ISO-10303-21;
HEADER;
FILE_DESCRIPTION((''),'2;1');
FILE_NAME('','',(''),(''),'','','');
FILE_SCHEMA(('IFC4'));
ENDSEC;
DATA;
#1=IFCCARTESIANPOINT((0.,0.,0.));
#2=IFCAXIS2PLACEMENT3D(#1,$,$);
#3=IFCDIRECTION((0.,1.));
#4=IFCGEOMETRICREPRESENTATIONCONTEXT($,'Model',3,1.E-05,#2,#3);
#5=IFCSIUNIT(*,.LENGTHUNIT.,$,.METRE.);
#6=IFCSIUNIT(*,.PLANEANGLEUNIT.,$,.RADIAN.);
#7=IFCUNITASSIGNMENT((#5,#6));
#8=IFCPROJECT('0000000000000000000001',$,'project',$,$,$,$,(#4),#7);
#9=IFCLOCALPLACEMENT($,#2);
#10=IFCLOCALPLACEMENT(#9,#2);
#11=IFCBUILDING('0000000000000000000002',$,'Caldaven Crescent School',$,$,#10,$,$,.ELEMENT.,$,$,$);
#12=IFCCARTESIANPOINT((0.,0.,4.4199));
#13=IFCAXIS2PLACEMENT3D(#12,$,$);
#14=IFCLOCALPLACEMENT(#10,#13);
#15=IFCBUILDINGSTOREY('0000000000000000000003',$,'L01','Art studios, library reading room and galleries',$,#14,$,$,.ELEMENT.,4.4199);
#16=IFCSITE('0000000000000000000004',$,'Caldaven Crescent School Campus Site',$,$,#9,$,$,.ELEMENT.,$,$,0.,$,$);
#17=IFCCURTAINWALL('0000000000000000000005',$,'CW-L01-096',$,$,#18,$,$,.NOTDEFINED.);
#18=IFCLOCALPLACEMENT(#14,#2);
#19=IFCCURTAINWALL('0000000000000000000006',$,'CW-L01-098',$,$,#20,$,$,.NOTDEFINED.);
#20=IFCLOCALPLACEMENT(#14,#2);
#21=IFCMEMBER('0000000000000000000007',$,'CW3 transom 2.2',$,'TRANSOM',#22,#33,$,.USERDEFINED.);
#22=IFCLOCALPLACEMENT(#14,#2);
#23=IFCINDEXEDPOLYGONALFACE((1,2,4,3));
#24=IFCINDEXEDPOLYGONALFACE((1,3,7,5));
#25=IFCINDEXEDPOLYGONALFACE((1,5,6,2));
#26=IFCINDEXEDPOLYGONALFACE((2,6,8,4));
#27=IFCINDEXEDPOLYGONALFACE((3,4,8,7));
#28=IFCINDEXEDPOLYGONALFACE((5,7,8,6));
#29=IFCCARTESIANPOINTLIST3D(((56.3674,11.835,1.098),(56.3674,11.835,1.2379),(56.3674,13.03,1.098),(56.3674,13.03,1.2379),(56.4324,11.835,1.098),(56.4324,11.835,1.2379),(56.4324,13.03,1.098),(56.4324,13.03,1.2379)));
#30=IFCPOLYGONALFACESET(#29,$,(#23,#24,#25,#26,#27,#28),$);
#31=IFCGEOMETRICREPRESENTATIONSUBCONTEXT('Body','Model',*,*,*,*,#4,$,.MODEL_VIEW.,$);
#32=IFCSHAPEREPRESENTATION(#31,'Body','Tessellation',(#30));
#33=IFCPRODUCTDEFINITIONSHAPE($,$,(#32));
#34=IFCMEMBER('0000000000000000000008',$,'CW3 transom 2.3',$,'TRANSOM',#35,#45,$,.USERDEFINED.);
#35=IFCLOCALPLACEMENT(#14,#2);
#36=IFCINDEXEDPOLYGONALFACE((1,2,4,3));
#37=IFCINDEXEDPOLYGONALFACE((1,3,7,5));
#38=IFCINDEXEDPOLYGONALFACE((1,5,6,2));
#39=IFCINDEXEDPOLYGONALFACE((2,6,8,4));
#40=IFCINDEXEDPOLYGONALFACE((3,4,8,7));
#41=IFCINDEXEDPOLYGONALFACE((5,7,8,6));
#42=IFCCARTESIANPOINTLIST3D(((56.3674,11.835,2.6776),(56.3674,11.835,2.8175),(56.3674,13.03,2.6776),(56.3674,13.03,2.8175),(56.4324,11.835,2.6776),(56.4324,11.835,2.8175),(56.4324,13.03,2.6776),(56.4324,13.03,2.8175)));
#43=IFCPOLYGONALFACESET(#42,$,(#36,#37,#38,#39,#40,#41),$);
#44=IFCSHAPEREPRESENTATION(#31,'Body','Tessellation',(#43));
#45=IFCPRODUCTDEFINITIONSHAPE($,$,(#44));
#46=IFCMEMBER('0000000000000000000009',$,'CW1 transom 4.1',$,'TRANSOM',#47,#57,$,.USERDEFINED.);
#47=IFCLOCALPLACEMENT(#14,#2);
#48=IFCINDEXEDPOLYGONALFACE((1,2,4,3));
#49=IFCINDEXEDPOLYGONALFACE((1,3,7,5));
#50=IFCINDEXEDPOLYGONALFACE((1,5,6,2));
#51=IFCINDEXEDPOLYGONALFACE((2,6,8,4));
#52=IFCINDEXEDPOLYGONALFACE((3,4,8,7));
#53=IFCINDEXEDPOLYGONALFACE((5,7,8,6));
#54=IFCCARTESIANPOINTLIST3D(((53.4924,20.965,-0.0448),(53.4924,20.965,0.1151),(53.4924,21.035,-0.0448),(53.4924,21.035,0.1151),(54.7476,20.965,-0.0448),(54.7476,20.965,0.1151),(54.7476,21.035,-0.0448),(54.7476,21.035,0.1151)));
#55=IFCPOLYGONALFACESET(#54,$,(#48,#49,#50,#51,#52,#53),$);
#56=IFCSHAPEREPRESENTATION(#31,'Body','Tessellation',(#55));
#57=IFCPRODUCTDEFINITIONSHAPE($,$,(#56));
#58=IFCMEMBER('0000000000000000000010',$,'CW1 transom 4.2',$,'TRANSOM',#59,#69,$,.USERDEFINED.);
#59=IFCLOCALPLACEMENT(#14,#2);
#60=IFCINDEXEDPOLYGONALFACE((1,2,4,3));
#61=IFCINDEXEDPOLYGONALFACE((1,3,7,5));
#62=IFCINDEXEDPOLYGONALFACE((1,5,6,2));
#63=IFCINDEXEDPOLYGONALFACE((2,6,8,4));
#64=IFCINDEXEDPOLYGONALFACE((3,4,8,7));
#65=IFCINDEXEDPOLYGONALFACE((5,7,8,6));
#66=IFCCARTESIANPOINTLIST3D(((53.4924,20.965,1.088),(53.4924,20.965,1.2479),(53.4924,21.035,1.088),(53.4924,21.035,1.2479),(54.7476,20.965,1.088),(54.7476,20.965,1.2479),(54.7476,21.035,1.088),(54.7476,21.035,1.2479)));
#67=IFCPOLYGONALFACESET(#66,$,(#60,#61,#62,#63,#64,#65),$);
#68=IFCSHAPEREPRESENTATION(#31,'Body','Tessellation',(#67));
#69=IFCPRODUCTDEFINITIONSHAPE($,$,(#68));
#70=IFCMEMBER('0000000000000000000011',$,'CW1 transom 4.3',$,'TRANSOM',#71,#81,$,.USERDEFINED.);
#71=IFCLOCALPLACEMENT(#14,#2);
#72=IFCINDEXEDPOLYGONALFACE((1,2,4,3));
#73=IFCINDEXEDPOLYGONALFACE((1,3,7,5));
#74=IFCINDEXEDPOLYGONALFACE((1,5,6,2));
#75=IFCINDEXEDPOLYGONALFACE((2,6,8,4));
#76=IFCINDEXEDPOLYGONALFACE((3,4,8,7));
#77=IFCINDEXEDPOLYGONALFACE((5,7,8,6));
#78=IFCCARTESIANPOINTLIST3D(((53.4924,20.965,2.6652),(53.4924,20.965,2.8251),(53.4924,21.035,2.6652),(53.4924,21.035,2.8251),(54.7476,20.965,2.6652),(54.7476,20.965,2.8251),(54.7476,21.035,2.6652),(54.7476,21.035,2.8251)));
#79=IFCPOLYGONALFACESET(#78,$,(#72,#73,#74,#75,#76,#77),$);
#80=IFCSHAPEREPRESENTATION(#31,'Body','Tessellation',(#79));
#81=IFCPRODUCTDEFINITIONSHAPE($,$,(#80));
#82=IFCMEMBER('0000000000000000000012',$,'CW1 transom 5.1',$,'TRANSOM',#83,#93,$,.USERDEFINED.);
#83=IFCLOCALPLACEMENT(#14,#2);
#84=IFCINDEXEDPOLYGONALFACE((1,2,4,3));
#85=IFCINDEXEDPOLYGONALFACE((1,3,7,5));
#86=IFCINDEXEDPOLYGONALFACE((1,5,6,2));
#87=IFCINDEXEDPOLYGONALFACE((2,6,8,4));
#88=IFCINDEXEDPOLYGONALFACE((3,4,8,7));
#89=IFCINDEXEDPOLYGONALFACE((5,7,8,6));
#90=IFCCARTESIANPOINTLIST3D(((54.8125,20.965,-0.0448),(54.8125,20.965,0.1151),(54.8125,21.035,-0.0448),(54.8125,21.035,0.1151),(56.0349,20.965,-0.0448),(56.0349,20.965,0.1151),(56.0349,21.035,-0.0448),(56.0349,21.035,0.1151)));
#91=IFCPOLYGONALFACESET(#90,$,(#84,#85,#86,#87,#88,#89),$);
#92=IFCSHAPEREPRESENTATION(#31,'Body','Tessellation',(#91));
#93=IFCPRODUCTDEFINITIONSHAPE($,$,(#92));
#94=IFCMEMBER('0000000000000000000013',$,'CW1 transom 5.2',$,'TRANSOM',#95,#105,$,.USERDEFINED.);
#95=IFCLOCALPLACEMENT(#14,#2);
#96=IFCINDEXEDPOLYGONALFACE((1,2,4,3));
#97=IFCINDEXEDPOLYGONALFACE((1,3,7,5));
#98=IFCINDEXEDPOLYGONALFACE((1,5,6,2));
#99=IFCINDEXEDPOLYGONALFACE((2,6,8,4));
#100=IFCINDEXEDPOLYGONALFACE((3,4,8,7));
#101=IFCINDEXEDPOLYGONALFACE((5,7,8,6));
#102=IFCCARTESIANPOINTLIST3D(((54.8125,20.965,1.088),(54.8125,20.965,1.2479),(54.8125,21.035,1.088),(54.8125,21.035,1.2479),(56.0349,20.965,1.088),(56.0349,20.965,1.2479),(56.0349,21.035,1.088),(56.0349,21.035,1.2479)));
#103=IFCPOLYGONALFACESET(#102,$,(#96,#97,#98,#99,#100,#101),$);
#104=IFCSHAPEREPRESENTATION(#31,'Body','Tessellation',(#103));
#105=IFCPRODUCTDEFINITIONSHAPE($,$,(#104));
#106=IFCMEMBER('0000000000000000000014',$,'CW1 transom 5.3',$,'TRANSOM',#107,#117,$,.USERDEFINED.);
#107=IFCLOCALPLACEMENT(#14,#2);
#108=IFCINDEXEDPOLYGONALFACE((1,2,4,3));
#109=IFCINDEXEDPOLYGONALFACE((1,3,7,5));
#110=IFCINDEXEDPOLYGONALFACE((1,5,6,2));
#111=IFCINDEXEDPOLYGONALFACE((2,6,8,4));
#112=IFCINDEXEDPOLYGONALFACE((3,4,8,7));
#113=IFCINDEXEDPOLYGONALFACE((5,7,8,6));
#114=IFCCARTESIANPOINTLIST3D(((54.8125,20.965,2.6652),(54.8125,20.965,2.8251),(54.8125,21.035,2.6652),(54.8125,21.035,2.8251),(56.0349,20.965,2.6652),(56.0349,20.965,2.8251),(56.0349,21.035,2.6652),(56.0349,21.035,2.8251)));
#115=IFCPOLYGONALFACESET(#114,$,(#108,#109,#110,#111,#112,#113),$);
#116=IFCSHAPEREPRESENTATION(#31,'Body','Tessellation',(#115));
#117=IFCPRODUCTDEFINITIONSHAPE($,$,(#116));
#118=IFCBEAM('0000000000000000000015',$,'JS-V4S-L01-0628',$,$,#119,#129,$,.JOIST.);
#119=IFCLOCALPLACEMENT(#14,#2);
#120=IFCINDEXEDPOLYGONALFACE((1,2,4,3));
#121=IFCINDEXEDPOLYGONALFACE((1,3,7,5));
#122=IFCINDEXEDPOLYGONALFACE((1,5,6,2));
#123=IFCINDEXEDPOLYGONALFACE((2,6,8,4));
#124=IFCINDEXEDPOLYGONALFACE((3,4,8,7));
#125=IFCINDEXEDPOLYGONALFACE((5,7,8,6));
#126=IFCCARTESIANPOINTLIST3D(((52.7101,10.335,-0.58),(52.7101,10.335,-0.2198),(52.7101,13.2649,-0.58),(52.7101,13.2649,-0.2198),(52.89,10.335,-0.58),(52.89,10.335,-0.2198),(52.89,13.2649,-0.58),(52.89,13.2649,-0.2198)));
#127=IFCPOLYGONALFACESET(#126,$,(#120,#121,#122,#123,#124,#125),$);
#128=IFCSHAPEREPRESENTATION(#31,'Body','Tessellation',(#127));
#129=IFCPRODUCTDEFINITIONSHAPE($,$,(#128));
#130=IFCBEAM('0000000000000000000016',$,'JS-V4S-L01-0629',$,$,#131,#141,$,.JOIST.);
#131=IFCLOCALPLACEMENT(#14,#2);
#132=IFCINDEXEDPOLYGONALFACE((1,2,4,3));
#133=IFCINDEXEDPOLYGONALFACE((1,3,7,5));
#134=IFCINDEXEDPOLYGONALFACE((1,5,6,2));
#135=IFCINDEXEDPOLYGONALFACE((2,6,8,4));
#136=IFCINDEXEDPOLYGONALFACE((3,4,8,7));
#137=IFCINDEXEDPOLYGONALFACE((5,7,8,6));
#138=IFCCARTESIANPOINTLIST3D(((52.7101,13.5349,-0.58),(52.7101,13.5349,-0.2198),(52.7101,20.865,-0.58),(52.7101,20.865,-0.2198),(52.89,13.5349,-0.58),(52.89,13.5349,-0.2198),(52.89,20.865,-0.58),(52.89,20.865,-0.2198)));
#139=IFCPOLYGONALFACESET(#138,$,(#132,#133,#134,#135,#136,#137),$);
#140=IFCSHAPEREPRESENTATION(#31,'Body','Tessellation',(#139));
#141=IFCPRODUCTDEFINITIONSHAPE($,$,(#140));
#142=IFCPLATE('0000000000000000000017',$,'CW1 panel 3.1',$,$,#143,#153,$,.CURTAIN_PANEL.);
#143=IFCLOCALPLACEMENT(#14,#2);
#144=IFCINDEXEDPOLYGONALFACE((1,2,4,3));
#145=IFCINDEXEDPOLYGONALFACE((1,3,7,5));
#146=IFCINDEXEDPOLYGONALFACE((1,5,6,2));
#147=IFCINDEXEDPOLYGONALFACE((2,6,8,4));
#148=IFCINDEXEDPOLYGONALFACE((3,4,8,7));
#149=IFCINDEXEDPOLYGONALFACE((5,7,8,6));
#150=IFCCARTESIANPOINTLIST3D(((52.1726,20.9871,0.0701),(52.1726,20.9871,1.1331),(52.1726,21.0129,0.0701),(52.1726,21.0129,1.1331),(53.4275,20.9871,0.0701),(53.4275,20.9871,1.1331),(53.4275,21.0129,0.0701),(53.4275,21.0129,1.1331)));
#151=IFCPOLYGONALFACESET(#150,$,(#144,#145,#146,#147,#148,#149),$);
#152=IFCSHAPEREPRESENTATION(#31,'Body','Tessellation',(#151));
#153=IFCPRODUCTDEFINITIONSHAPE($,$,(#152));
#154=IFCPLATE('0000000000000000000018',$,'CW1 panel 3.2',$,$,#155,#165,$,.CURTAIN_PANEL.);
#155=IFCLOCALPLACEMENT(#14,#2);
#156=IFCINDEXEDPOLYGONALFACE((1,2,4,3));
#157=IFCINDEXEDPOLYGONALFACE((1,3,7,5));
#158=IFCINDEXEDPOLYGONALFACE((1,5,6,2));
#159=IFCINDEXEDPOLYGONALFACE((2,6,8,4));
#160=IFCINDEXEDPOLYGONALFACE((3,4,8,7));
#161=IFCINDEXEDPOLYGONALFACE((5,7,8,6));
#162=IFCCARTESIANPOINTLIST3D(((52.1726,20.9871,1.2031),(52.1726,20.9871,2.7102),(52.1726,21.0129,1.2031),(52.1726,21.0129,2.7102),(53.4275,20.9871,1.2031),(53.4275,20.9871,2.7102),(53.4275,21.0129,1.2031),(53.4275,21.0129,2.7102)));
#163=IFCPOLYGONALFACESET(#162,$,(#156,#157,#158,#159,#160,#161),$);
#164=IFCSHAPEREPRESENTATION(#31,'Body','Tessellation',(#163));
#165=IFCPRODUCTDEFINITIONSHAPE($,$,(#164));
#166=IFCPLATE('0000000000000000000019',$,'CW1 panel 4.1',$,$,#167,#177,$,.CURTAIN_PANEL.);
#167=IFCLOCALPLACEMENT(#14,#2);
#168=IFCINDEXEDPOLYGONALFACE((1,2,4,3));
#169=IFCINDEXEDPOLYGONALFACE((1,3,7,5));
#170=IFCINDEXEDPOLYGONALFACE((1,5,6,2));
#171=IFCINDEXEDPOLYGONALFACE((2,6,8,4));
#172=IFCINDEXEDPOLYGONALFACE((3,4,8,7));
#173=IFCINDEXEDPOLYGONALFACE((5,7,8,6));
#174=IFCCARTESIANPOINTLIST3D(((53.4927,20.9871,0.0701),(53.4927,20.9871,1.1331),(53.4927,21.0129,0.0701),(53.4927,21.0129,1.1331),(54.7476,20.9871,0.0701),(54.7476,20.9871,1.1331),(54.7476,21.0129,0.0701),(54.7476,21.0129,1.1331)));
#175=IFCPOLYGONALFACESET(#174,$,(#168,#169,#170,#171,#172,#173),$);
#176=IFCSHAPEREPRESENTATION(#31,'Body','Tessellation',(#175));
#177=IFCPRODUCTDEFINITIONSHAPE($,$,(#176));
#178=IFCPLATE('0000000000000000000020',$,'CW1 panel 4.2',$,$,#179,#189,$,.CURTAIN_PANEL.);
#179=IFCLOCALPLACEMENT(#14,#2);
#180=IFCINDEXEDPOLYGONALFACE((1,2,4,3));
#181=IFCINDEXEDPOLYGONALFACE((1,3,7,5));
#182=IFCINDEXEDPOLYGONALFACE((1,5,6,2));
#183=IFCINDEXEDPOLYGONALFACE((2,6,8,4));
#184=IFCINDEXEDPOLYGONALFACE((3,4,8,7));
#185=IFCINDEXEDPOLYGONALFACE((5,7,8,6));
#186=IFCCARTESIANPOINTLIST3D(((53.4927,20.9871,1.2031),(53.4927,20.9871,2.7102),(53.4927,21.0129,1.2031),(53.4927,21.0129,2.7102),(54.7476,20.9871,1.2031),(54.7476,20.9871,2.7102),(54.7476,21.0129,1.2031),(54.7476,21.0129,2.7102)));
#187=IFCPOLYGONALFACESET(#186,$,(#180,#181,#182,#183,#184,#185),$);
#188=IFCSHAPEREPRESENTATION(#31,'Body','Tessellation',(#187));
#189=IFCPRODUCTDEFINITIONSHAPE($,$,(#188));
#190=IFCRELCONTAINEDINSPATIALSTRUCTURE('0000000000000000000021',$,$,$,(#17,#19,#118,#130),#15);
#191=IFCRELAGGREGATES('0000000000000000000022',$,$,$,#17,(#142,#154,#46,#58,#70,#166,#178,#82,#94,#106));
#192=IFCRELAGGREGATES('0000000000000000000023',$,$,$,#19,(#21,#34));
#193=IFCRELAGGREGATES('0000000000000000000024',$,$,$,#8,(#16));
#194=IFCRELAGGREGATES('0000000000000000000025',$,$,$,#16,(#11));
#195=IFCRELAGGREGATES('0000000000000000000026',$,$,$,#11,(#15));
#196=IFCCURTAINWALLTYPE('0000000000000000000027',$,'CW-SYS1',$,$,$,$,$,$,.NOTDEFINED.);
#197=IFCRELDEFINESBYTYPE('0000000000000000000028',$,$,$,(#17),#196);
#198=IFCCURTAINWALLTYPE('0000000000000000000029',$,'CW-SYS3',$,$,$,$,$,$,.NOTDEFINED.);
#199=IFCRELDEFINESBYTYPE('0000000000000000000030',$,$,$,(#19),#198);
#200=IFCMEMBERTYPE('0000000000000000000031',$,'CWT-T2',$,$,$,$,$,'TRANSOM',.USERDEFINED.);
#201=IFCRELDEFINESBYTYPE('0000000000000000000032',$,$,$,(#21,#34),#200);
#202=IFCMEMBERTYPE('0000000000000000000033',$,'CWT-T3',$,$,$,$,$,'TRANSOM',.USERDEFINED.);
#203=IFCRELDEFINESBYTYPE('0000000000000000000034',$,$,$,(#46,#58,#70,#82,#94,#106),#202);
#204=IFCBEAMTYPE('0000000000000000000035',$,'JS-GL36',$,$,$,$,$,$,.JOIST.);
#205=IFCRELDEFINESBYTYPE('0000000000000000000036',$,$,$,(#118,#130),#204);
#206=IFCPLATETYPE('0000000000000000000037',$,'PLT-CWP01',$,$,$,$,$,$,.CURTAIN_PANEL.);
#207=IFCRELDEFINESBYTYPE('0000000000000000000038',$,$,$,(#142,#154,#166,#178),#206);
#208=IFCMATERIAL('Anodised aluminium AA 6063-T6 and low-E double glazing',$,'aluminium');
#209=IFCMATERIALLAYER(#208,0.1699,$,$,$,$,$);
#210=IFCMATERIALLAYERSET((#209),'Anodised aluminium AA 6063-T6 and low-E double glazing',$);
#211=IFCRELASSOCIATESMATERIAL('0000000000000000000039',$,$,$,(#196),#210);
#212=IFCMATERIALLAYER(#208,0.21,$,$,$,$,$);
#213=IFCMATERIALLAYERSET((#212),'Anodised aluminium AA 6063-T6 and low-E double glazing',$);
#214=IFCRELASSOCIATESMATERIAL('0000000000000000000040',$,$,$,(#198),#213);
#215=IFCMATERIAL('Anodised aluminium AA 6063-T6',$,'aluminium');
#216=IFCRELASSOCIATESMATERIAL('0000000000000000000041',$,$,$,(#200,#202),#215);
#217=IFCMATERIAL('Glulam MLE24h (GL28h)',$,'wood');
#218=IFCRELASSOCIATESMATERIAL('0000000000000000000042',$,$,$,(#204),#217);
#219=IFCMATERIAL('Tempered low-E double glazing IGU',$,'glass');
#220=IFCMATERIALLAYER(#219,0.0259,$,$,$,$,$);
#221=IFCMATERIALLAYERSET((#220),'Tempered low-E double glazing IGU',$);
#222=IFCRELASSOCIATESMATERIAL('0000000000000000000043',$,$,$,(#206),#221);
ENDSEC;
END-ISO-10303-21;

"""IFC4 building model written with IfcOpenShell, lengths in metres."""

from ifc_helpers import new_model, si_unit, direction, frame, origin, origin_2d, place, context, subcontext, project, spatial, rectangle, extrude, material, layer, layer_set, material_profile, profile_set, type_object, element, aggregate, save


model = new_model("IFC4")

# Units and contexts
model_context = context("Model", 3, precision=1e-05, world=origin(), true_north=direction((0.0, 1.0)))
body_context = subcontext(model_context, "Body", "Model", "MODEL_VIEW")
ifc_project = project(units=[si_unit("LENGTHUNIT", "METRE"), si_unit("PLANEANGLEUNIT", "RADIAN")], contexts=[model_context])

# Site, building, storey
site_placement = place(None, origin())
site = spatial("IfcSite", under=ifc_project, at=site_placement, Name="Caldaven Crescent School Campus Site", CompositionType="ELEMENT", RefElevation=0.0)
building_placement = place(site_placement, origin())
building = spatial("IfcBuilding", under=site, at=building_placement, Name="Caldaven Crescent School", CompositionType="ELEMENT")
storey_placement = place(building_placement, frame((0.0, 0.0, 4.4199)))
storey = spatial("IfcBuildingStorey", under=building, at=storey_placement, Name="L01", Description="Art studios, library reading room and galleries", CompositionType="ELEMENT", Elevation=4.4199)

# Shared definitions
ifc_material_1 = material(Name="Glulam MLE24h (GL28h)", Category="wood")

# Curtain walls, members
ifc_material_2 = material(Name="Anodised aluminium AA 6063-T6 and low-E double glazing", Category="aluminium")
ifc_layer_1 = layer(ifc_material_2, 0.1699)
ifc_layer_set_1 = layer_set([ifc_layer_1], Name="Anodised aluminium AA 6063-T6 and low-E double glazing")
curtain_wall_type_1 = type_object("IfcCurtainWallType", Name="CW-SYS1", PredefinedType="NOTDEFINED", material=ifc_layer_set_1)
curtain_wall_1_placement = place(storey_placement, origin())
curtain_wall_1 = element("IfcCurtainWall", 1, at=curtain_wall_1_placement, inside=storey, type_object=curtain_wall_type_1, Name="CW-L01-096", PredefinedType="NOTDEFINED")
ifc_material_3 = material(Name="Anodised aluminium AA 6063-T6", Category="aluminium")
ifc_layer_2 = layer(ifc_material_2, 0.21)
ifc_layer_set_2 = layer_set([ifc_layer_2], Name="Anodised aluminium AA 6063-T6 and low-E double glazing")
curtain_wall_type_2 = type_object("IfcCurtainWallType", Name="CW-SYS3", PredefinedType="NOTDEFINED", material=ifc_layer_set_2)
curtain_wall_2_placement = place(storey_placement, origin())
curtain_wall_2 = element("IfcCurtainWall", 2, at=curtain_wall_2_placement, inside=storey, type_object=curtain_wall_type_2, Name="CW-L01-098", PredefinedType="NOTDEFINED")
ifc_material_profile_1 = material_profile(ifc_material_3, rectangle(XDim=0.0649, YDim=0.1399, at=origin_2d()), Name="CWT 65x140")
ifc_profile_set_1 = profile_set([ifc_material_profile_1], Name="Anodised aluminium AA 6063-T6")
member_type_1 = type_object("IfcMemberType", Name="CWT-T2", ElementType="TRANSOM", PredefinedType="USERDEFINED", material=ifc_profile_set_1)
member_1_placement = place(storey_placement, frame((56.3999, 11.835, 1.168), z_axis=(0.0, 1.0, 0.0), x_axis=(-1.0, 0.0, 0.0)))
member_1 = element("IfcMember", 3, at=member_1_placement, type_object=member_type_1, Name="CW3 transom 2.2", ObjectType="TRANSOM", PredefinedType="USERDEFINED", context=body_context, shape_type="SweptSolid", body=[
    extrude(rectangle(XDim=0.0649, YDim=0.1399, at=origin_2d()), origin(), (0.0, 0.0, 1.0), 1.1951),
])
member_2_placement = place(storey_placement, frame((56.3999, 11.835, 2.7476), z_axis=(0.0, 1.0, 0.0), x_axis=(-1.0, 0.0, 0.0)))
member_2 = element("IfcMember", 4, at=member_2_placement, type_object=member_type_1, Name="CW3 transom 2.3", ObjectType="TRANSOM", PredefinedType="USERDEFINED", context=body_context, shape_type="SweptSolid", body=[
    extrude(rectangle(XDim=0.0649, YDim=0.1399, at=origin_2d()), origin(), (0.0, 0.0, 1.0), 1.1951),
])

# Members
ifc_material_profile_2 = material_profile(ifc_material_3, rectangle(XDim=0.0701, YDim=0.1599, at=origin_2d()), Name="CWT 70x160")
ifc_profile_set_2 = profile_set([ifc_material_profile_2], Name="Anodised aluminium AA 6063-T6")
member_type_2 = type_object("IfcMemberType", Name="CWT-T3", ElementType="TRANSOM", PredefinedType="USERDEFINED", material=ifc_profile_set_2)
member_3_placement = place(storey_placement, frame((53.4924, 21.0, 0.0352), z_axis=(1.0, 0.0, 0.0), x_axis=(0.0, 1.0, 0.0)))
member_3 = element("IfcMember", 5, at=member_3_placement, type_object=member_type_2, Name="CW1 transom 4.1", ObjectType="TRANSOM", PredefinedType="USERDEFINED", context=body_context, shape_type="SweptSolid", body=[
    extrude(rectangle(XDim=0.0701, YDim=0.1599, at=origin_2d()), origin(), (0.0, 0.0, 1.0), 1.2551),
])
member_4_placement = place(storey_placement, frame((53.4924, 21.0, 1.168), z_axis=(1.0, 0.0, 0.0), x_axis=(0.0, 1.0, 0.0)))
member_4 = element("IfcMember", 6, at=member_4_placement, type_object=member_type_2, Name="CW1 transom 4.2", ObjectType="TRANSOM", PredefinedType="USERDEFINED", context=body_context, shape_type="SweptSolid", body=[
    extrude(rectangle(XDim=0.0701, YDim=0.1599, at=origin_2d()), origin(), (0.0, 0.0, 1.0), 1.2551),
])
member_5_placement = place(storey_placement, frame((53.4924, 21.0, 2.7451), z_axis=(1.0, 0.0, 0.0), x_axis=(0.0, 1.0, 0.0)))
member_5 = element("IfcMember", 7, at=member_5_placement, type_object=member_type_2, Name="CW1 transom 4.3", ObjectType="TRANSOM", PredefinedType="USERDEFINED", context=body_context, shape_type="SweptSolid", body=[
    extrude(rectangle(XDim=0.0701, YDim=0.1599, at=origin_2d()), origin(), (0.0, 0.0, 1.0), 1.2551),
])
member_6_placement = place(storey_placement, frame((54.8125, 21.0, 0.0352), z_axis=(1.0, 0.0, 0.0), x_axis=(0.0, 1.0, 0.0)))
member_6 = element("IfcMember", 8, at=member_6_placement, type_object=member_type_2, Name="CW1 transom 5.1", ObjectType="TRANSOM", PredefinedType="USERDEFINED", context=body_context, shape_type="SweptSolid", body=[
    extrude(rectangle(XDim=0.0701, YDim=0.1599, at=origin_2d()), origin(), (0.0, 0.0, 1.0), 1.2224),
])
member_7_placement = place(storey_placement, frame((54.8125, 21.0, 1.168), z_axis=(1.0, 0.0, 0.0), x_axis=(0.0, 1.0, 0.0)))
member_7 = element("IfcMember", 9, at=member_7_placement, type_object=member_type_2, Name="CW1 transom 5.2", ObjectType="TRANSOM", PredefinedType="USERDEFINED", context=body_context, shape_type="SweptSolid", body=[
    extrude(rectangle(XDim=0.0701, YDim=0.1599, at=origin_2d()), origin(), (0.0, 0.0, 1.0), 1.2224),
])
member_8_placement = place(storey_placement, frame((54.8125, 21.0, 2.7451), z_axis=(1.0, 0.0, 0.0), x_axis=(0.0, 1.0, 0.0)))
member_8 = element("IfcMember", 10, at=member_8_placement, type_object=member_type_2, Name="CW1 transom 5.3", ObjectType="TRANSOM", PredefinedType="USERDEFINED", context=body_context, shape_type="SweptSolid", body=[
    extrude(rectangle(XDim=0.0701, YDim=0.1599, at=origin_2d()), origin(), (0.0, 0.0, 1.0), 1.2224),
])

# Beams
ifc_material_profile_3 = material_profile(ifc_material_1, rectangle(XDim=0.1799, YDim=0.3601, at=origin_2d()), Name="MLE 180x360")
ifc_profile_set_3 = profile_set([ifc_material_profile_3], Name="Glulam MLE24h (GL28h)")
beam_type_1 = type_object("IfcBeamType", Name="JS-GL36", PredefinedType="JOIST", material=ifc_profile_set_3)
beam_1_placement = place(storey_placement, frame((52.8, 10.335, -0.3999), z_axis=(0.0, 1.0, 0.0), x_axis=(-1.0, 0.0, 0.0)))
element("IfcBeam", 11, at=beam_1_placement, inside=storey, type_object=beam_type_1, Name="JS-V4S-L01-0628", PredefinedType="JOIST", context=body_context, shape_type="SweptSolid", body=[
    extrude(rectangle(XDim=0.1799, YDim=0.3601, at=origin_2d()), origin(), (0.0, 0.0, 1.0), 2.9299),
])
beam_2_placement = place(storey_placement, frame((52.8, 13.5349, -0.3999), z_axis=(0.0, 1.0, 0.0), x_axis=(-1.0, 0.0, 0.0)))
element("IfcBeam", 12, at=beam_2_placement, inside=storey, type_object=beam_type_1, Name="JS-V4S-L01-0629", PredefinedType="JOIST", context=body_context, shape_type="SweptSolid", body=[
    extrude(rectangle(XDim=0.1799, YDim=0.3601, at=origin_2d()), origin(), (0.0, 0.0, 1.0), 7.3301),
])

# Plates
ifc_material_4 = material(Name="Tempered low-E double glazing IGU", Category="glass")
ifc_layer_3 = layer(ifc_material_4, 0.0259)
ifc_layer_set_3 = layer_set([ifc_layer_3], Name="Tempered low-E double glazing IGU")
plate_type_1 = type_object("IfcPlateType", Name="PLT-CWP01", PredefinedType="CURTAIN_PANEL", material=ifc_layer_set_3)
plate_1_placement = place(storey_placement, frame((52.8, 21.0, 0.0701), z_axis=(0.0, 0.0, 1.0), x_axis=(1.0, 0.0, 0.0)))
plate_1 = element("IfcPlate", 13, at=plate_1_placement, type_object=plate_type_1, Name="CW1 panel 3.1", PredefinedType="CURTAIN_PANEL", context=body_context, shape_type="SweptSolid", body=[
    extrude(rectangle(XDim=1.2549, YDim=0.0259, at=origin_2d()), origin(), (0.0, 0.0, 1.0), 1.063),
])
plate_2_placement = place(storey_placement, frame((52.8, 21.0, 1.2031), z_axis=(0.0, 0.0, 1.0), x_axis=(1.0, 0.0, 0.0)))
plate_2 = element("IfcPlate", 14, at=plate_2_placement, type_object=plate_type_1, Name="CW1 panel 3.2", PredefinedType="CURTAIN_PANEL", context=body_context, shape_type="SweptSolid", body=[
    extrude(rectangle(XDim=1.2549, YDim=0.0259, at=origin_2d()), origin(), (0.0, 0.0, 1.0), 1.5071),
])
plate_3_placement = place(storey_placement, frame((54.1201, 21.0, 0.0701), z_axis=(0.0, 0.0, 1.0), x_axis=(1.0, 0.0, 0.0)))
plate_3 = element("IfcPlate", 15, at=plate_3_placement, type_object=plate_type_1, Name="CW1 panel 4.1", PredefinedType="CURTAIN_PANEL", context=body_context, shape_type="SweptSolid", body=[
    extrude(rectangle(XDim=1.2549, YDim=0.0259, at=origin_2d()), origin(), (0.0, 0.0, 1.0), 1.063),
])
plate_4_placement = place(storey_placement, frame((54.1201, 21.0, 1.2031), z_axis=(0.0, 0.0, 1.0), x_axis=(1.0, 0.0, 0.0)))
plate_4 = element("IfcPlate", 16, at=plate_4_placement, type_object=plate_type_1, Name="CW1 panel 4.2", PredefinedType="CURTAIN_PANEL", context=body_context, shape_type="SweptSolid", body=[
    extrude(rectangle(XDim=1.2549, YDim=0.0259, at=origin_2d()), origin(), (0.0, 0.0, 1.0), 1.5071),
])
aggregate(curtain_wall_1, [plate_1, plate_2, member_3, member_4, member_5, plate_3, plate_4, member_6, member_7, member_8])
aggregate(curtain_wall_2, [member_1, member_2])

save(model, "model.ifc")
